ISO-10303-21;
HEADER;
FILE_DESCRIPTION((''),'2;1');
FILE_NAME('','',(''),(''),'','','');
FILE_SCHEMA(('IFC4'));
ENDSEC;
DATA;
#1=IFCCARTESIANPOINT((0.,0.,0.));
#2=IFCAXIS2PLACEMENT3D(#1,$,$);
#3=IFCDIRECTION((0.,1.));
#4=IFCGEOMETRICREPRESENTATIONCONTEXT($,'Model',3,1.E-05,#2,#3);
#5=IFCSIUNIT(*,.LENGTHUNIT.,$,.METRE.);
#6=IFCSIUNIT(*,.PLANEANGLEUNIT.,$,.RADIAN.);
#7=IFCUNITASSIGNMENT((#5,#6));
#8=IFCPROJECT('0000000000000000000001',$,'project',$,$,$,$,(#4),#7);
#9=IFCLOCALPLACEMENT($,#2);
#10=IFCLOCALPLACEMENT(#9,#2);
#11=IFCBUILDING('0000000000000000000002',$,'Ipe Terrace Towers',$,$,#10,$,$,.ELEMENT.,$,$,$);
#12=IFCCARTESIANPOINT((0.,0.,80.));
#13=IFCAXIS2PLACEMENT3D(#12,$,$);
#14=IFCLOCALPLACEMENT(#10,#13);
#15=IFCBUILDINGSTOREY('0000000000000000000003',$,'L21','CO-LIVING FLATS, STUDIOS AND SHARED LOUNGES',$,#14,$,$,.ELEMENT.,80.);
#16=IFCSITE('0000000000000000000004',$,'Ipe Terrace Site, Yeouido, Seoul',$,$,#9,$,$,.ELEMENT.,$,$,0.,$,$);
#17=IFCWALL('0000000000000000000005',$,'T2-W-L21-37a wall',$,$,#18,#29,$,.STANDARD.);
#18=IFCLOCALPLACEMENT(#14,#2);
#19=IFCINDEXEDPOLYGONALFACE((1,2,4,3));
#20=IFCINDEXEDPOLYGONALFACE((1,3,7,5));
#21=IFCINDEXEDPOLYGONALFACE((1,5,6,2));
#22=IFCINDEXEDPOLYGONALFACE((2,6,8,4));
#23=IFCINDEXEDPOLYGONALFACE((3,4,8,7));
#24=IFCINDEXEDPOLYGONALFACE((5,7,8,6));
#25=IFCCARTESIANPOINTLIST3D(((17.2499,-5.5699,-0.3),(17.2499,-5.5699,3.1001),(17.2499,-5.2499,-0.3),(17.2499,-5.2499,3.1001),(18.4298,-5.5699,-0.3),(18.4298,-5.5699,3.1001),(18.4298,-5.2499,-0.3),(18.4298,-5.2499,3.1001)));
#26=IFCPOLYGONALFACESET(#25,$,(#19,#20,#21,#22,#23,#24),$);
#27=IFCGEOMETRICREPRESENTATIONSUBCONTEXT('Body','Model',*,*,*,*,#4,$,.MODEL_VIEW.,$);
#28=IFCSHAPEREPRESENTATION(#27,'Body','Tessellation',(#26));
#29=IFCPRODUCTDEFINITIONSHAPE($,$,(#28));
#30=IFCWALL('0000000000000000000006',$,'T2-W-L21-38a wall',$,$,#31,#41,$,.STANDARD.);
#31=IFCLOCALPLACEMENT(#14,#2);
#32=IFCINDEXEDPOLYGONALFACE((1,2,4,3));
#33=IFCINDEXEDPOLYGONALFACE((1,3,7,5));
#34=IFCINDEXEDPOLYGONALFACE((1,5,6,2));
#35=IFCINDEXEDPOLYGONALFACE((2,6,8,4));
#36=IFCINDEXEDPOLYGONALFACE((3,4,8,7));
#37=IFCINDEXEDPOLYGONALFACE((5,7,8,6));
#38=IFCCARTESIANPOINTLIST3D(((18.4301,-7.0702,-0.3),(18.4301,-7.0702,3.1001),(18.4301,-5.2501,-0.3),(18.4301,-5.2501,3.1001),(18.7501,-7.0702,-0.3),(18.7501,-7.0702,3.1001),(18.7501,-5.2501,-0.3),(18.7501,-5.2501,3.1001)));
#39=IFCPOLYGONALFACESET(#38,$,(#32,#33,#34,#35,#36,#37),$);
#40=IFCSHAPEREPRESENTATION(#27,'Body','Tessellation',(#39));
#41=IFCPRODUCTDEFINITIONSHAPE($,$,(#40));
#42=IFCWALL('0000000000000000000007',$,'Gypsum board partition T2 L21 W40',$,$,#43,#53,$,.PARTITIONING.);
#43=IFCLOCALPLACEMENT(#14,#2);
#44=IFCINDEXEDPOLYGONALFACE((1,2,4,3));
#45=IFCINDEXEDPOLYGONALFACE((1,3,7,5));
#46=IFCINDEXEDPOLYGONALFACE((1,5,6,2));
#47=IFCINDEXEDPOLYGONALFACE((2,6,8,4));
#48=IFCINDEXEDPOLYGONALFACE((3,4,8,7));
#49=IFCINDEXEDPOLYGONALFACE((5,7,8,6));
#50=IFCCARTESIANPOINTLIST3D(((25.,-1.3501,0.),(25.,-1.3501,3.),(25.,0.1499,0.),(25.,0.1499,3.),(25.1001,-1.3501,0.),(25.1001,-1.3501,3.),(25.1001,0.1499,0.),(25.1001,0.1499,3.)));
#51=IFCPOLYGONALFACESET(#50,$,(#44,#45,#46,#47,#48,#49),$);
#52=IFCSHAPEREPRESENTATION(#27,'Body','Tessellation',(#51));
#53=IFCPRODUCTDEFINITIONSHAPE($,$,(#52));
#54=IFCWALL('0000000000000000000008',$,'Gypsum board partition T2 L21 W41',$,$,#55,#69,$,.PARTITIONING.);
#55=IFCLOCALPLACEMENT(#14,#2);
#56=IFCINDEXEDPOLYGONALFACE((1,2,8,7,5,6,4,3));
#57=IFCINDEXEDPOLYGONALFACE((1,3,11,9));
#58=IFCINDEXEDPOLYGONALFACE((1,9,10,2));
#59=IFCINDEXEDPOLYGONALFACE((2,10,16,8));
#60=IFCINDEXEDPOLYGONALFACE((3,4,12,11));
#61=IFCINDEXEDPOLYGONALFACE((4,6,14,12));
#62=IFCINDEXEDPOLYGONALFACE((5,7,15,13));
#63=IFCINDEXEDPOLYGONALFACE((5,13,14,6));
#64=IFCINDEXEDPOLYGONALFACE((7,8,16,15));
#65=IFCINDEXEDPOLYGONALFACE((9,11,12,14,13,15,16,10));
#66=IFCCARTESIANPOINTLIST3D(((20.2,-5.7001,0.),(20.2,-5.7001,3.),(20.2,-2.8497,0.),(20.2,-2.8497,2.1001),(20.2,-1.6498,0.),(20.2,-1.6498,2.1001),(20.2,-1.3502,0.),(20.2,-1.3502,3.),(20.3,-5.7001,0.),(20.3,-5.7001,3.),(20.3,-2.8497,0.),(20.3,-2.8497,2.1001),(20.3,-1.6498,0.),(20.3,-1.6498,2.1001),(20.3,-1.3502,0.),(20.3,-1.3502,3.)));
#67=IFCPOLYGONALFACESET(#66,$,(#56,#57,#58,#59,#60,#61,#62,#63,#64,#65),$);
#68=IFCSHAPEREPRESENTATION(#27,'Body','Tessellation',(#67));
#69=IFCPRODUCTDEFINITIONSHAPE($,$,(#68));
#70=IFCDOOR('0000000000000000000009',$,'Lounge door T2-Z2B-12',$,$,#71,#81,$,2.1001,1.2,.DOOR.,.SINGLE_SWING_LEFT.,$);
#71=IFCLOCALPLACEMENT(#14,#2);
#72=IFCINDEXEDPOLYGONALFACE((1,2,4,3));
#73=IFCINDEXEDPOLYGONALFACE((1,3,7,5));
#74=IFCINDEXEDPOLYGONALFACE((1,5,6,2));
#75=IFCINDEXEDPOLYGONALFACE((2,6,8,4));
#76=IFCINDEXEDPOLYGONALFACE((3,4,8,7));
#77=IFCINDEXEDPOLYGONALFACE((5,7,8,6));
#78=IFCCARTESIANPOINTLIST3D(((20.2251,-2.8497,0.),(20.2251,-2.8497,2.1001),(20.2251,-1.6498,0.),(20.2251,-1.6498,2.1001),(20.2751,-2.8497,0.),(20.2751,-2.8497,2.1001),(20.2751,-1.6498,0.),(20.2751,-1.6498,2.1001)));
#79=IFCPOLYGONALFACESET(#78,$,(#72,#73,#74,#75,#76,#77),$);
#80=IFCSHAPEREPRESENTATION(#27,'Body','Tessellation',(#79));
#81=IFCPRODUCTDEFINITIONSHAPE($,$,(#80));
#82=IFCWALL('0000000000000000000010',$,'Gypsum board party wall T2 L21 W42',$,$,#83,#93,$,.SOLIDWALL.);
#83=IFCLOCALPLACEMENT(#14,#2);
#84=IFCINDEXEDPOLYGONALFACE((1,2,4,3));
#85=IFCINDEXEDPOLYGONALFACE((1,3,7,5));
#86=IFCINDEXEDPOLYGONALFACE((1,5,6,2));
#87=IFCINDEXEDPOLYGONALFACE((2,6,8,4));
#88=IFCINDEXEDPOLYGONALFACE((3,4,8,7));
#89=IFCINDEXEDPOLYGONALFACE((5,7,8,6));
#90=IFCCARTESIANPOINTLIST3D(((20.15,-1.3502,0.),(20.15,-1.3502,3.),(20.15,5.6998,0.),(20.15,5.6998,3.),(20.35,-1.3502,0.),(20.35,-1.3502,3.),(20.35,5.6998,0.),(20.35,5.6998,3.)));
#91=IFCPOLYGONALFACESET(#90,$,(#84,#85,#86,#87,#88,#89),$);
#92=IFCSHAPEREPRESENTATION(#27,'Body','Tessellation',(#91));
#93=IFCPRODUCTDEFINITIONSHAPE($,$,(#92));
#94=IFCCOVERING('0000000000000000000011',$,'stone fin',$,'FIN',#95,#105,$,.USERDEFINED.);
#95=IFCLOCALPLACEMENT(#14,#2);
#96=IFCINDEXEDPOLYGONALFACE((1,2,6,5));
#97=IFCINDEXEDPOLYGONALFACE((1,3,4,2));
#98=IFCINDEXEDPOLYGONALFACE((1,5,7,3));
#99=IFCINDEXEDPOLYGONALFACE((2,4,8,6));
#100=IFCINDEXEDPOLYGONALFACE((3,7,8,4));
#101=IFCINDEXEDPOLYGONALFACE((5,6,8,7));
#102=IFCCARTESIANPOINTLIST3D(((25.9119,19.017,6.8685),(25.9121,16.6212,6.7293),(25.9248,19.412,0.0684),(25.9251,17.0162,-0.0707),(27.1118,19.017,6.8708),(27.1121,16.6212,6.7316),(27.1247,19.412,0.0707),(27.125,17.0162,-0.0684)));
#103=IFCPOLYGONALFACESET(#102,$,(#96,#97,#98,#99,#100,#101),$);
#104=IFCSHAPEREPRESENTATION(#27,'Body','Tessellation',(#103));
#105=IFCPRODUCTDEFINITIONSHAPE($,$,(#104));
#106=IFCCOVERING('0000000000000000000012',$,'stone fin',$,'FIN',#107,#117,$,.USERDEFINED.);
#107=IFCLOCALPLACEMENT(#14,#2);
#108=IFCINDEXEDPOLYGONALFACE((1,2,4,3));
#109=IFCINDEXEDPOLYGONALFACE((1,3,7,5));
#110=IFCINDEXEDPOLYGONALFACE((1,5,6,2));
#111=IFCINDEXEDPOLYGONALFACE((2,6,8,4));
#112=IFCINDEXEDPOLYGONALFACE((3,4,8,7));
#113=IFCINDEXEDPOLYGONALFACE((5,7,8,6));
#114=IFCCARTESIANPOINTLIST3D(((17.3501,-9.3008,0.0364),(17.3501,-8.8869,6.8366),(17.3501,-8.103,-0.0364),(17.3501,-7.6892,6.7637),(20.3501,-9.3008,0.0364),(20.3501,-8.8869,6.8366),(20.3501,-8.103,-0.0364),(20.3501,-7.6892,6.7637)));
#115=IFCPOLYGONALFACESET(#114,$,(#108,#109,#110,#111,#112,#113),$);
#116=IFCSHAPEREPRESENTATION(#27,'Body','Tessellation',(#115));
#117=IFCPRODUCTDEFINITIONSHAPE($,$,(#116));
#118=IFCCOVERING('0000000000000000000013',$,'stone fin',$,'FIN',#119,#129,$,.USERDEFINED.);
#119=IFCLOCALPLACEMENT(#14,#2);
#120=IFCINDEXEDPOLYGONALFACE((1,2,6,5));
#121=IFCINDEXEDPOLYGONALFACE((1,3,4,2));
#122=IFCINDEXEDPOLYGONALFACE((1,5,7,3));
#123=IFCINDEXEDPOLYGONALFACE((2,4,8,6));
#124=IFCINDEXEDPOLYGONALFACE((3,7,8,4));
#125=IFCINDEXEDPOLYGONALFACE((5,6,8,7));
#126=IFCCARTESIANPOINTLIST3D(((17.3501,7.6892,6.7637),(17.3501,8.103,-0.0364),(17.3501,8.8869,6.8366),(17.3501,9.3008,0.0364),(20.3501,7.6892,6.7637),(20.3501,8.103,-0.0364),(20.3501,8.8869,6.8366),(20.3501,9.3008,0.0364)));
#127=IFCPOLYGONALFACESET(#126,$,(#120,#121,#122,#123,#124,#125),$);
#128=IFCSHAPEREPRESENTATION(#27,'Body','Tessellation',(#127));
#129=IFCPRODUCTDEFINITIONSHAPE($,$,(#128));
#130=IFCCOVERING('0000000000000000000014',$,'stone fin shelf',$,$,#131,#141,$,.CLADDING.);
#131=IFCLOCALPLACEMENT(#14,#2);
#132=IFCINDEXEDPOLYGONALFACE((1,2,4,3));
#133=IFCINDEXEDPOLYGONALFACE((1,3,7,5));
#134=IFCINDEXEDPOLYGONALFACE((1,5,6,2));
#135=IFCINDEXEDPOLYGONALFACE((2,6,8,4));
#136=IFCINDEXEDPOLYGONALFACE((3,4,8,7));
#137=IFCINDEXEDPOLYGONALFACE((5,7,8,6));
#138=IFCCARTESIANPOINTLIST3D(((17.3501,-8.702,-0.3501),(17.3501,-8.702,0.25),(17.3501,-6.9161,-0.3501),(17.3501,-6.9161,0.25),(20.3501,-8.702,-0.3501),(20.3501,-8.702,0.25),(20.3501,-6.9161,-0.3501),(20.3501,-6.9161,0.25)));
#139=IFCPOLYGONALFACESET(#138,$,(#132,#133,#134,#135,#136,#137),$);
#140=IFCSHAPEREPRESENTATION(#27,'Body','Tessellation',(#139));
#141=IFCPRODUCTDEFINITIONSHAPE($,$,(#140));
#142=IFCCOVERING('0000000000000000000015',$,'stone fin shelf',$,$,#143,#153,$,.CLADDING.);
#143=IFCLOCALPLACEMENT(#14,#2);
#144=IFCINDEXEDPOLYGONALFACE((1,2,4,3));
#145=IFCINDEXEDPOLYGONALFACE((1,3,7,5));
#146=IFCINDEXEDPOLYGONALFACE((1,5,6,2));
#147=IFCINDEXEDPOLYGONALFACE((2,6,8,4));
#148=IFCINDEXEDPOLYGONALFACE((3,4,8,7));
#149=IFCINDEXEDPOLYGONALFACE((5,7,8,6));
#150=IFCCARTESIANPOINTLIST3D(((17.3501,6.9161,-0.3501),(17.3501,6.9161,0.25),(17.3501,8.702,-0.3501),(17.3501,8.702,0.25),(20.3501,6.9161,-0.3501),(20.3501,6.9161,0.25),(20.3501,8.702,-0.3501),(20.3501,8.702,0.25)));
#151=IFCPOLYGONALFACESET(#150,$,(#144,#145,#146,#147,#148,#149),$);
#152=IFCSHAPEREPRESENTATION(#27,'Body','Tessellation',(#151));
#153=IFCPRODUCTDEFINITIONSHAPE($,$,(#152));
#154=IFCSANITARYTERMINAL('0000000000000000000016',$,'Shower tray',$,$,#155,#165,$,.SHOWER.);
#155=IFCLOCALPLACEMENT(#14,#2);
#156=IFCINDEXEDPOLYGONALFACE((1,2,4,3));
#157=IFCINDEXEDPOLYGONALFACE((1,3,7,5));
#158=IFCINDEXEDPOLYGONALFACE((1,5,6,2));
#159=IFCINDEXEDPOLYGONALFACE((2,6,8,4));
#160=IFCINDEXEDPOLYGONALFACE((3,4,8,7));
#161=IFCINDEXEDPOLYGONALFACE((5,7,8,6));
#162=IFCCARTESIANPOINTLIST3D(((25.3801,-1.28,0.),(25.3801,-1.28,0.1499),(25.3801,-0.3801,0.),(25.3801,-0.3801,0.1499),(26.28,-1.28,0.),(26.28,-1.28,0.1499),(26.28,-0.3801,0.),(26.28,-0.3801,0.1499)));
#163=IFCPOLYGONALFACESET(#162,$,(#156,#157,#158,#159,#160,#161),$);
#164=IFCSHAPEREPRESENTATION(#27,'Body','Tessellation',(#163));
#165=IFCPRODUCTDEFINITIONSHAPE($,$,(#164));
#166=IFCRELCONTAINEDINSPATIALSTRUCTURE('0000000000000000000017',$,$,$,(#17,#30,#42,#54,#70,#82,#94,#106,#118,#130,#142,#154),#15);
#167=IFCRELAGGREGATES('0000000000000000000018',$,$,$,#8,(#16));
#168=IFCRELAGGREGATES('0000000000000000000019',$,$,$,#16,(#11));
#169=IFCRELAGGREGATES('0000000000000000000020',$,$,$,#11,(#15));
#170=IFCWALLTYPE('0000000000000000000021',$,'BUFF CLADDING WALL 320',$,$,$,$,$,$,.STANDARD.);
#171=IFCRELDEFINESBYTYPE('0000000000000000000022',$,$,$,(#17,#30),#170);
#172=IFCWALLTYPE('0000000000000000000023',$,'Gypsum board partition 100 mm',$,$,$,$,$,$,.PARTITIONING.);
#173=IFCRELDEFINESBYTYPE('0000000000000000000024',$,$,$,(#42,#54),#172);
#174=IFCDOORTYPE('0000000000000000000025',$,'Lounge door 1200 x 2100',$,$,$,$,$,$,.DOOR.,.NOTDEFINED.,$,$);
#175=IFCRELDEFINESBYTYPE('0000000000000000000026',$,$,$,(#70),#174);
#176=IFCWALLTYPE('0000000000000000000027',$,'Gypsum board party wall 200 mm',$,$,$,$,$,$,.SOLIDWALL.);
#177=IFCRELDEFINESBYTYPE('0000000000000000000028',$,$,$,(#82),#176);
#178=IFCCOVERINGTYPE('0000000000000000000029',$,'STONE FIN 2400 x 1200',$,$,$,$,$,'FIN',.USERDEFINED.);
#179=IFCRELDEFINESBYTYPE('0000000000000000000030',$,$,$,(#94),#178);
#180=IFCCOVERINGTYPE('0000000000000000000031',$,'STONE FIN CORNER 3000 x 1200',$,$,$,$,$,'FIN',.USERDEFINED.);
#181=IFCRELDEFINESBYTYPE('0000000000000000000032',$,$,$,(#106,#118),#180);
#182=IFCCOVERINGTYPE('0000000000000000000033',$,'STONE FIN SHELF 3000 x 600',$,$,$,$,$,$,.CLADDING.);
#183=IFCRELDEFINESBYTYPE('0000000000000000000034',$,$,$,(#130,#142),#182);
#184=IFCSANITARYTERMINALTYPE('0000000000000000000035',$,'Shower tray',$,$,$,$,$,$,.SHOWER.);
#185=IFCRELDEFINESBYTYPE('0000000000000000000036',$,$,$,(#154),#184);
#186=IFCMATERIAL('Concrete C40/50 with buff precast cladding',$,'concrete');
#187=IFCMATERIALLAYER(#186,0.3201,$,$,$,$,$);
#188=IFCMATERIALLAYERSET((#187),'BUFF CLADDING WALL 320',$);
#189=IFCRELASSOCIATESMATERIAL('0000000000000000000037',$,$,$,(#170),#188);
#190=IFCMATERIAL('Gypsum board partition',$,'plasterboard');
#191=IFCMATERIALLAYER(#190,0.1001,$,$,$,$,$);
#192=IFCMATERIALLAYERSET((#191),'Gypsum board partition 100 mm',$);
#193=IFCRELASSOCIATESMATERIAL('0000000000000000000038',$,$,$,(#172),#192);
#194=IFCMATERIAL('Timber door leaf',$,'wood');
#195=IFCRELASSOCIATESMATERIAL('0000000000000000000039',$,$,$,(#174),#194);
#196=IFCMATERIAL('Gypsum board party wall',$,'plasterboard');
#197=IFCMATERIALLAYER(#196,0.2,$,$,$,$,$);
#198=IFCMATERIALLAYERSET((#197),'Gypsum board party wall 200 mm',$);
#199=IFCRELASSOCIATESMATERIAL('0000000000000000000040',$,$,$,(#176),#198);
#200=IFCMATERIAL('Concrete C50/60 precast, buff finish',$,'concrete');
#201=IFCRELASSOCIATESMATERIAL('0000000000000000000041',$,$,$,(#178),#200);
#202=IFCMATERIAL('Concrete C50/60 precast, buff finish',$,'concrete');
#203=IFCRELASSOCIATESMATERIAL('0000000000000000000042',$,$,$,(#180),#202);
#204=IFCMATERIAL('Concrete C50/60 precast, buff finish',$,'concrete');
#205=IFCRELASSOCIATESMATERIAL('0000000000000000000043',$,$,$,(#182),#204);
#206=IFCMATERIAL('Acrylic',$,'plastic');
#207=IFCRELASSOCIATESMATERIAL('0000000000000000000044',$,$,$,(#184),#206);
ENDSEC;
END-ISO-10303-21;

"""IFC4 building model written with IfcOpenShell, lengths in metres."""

from ifc_helpers import new_model, si_unit, direction, frame, frame_2d, origin, origin_2d, place, context, subcontext, project, spatial, rectangle, extrude, material, layer, layer_set, material_profile, profile_set, type_object, element, fill, save


model = new_model("IFC4")

# Units and contexts
model_context = context("Model", 3, precision=1e-05, world=origin(), true_north=direction((0.0, 1.0)))
body_context = subcontext(model_context, "Body", "Model", "MODEL_VIEW")
ifc_project = project(units=[si_unit("LENGTHUNIT", "METRE"), si_unit("PLANEANGLEUNIT", "RADIAN")], contexts=[model_context])

# Site, building, storey
site_placement = place(None, origin())
site = spatial("IfcSite", under=ifc_project, at=site_placement, Name="Ipe Terrace Site, Yeouido, Seoul", CompositionType="ELEMENT", RefElevation=0.0)
building_placement = place(site_placement, origin())
building = spatial("IfcBuilding", under=site, at=building_placement, Name="Ipe Terrace Towers", CompositionType="ELEMENT")
storey_placement = place(building_placement, frame((0.0, 0.0, 80.0)))
storey = spatial("IfcBuildingStorey", under=building, at=storey_placement, Name="L21", Description="CO-LIVING FLATS, STUDIOS AND SHARED LOUNGES", CompositionType="ELEMENT", Elevation=80.0)

# Walls
ifc_material_1 = material(Name="Concrete C40/50 with buff precast cladding", Category="concrete")
ifc_layer_1 = layer(ifc_material_1, 0.3201)
ifc_layer_set_1 = layer_set([ifc_layer_1], Name="BUFF CLADDING WALL 320")
wall_type_1 = type_object("IfcWallType", Name="BUFF CLADDING WALL 320", PredefinedType="STANDARD", material=ifc_layer_set_1)
wall_1_placement = place(storey_placement, frame((17.25, -5.4099, -0.3), z_axis=(0.0, 0.0, 1.0), x_axis=(1.0, 0.0, 0.0)))
element("IfcWall", 1, at=wall_1_placement, inside=storey, type_object=wall_type_1, Name="T2-W-L21-37a wall", PredefinedType="STANDARD", context=body_context, shape_type="SweptSolid", body=[
    extrude(rectangle(XDim=1.1799, YDim=0.3201, at=frame_2d((0.5898, 0.0))), origin(), (0.0, 0.0, 1.0), 3.4001),
])
wall_2_placement = place(storey_placement, frame((18.5901, -5.25, -0.3), z_axis=(0.0, 0.0, 1.0), x_axis=(0.0, -1.0, 0.0)))
element("IfcWall", 2, at=wall_2_placement, inside=storey, type_object=wall_type_1, Name="T2-W-L21-38a wall", PredefinedType="STANDARD", context=body_context, shape_type="SweptSolid", body=[
    extrude(rectangle(XDim=1.8201, YDim=0.3201, at=frame_2d((0.9102, 0.0))), origin(), (0.0, 0.0, 1.0), 3.4001),
])
ifc_material_2 = material(Name="Gypsum board partition", Category="plasterboard")
ifc_layer_2 = layer(ifc_material_2, 0.1001)
ifc_layer_set_2 = layer_set([ifc_layer_2], Name="Gypsum board partition 100 mm")
wall_type_2 = type_object("IfcWallType", Name="Gypsum board partition 100 mm", PredefinedType="PARTITIONING", material=ifc_layer_set_2)
wall_3_placement = place(storey_placement, frame((25.05, -1.3501, 0.0), z_axis=(0.0, 0.0, 1.0), x_axis=(0.0, 1.0, 0.0)))
element("IfcWall", 3, at=wall_3_placement, inside=storey, type_object=wall_type_2, Name="Gypsum board partition T2 L21 W40", PredefinedType="PARTITIONING", context=body_context, shape_type="SweptSolid", body=[
    extrude(rectangle(XDim=1.5, YDim=0.1001, at=frame_2d((0.75, 0.0))), origin(), (0.0, 0.0, 1.0), 3.0),
])

# Wall, opening, door
wall_4_placement = place(storey_placement, frame((20.25, -5.7, 0.0), z_axis=(0.0, 0.0, 1.0), x_axis=(0.0, 1.0, 0.0)))
wall_4 = element("IfcWall", 4, at=wall_4_placement, inside=storey, type_object=wall_type_2, Name="Gypsum board partition T2 L21 W41", PredefinedType="PARTITIONING", context=body_context, shape_type="SweptSolid", body=[
    extrude(rectangle(XDim=4.3499, YDim=0.1001, at=frame_2d((2.1748, 0.0))), origin(), (0.0, 0.0, 1.0), 3.0),
])
opening_placement = place(wall_4_placement, frame((2.8501, 0.0, 0.0)))
opening = element("IfcOpeningElement", 5, at=opening_placement, cuts=wall_4, PredefinedType="OPENING", context=body_context, shape_type="SweptSolid", body=[
    extrude(rectangle(XDim=1.2, YDim=2.1001, at=frame_2d((0.6001, 1.05))), frame((0.0, 0.0601, 0.0), z_axis=(0.0, -1.0, 0.0), x_axis=(1.0, 0.0, 0.0)), (0.0, 0.0, 1.0), 0.1201),
])
ifc_material_3 = material(Name="Timber door leaf", Category="wood")
door_type = type_object("IfcDoorType", Name="Lounge door 1200 x 2100", OperationType="NOTDEFINED", PredefinedType="DOOR", material=ifc_material_3)
door_placement = place(opening_placement, origin())
door = element("IfcDoor", 6, at=door_placement, inside=storey, type_object=door_type, Name="Lounge door T2-Z2B-12", OperationType="SINGLE_SWING_LEFT", OverallHeight=2.1001, OverallWidth=1.2, PredefinedType="DOOR", context=body_context, shape_type="SweptSolid", body=[
    extrude(rectangle(XDim=1.2, YDim=2.1001, at=frame_2d((0.6001, 1.05))), frame((0.0, 0.0249, 0.0), z_axis=(0.0, -1.0, 0.0), x_axis=(1.0, 0.0, 0.0)), (0.0, 0.0, 1.0), 0.05),
])
fill(opening, door)

# Wall
ifc_material_4 = material(Name="Gypsum board party wall", Category="plasterboard")
ifc_layer_3 = layer(ifc_material_4, 0.2)
ifc_layer_set_3 = layer_set([ifc_layer_3], Name="Gypsum board party wall 200 mm")
wall_type_3 = type_object("IfcWallType", Name="Gypsum board party wall 200 mm", PredefinedType="SOLIDWALL", material=ifc_layer_set_3)
wall_5_placement = place(storey_placement, frame((20.25, -1.3501, 0.0), z_axis=(0.0, 0.0, 1.0), x_axis=(0.0, 1.0, 0.0)))
element("IfcWall", 7, at=wall_5_placement, inside=storey, type_object=wall_type_3, Name="Gypsum board party wall T2 L21 W42", PredefinedType="SOLIDWALL", context=body_context, shape_type="SweptSolid", body=[
    extrude(rectangle(XDim=7.05, YDim=0.2, at=frame_2d((3.5249, 0.0))), origin(), (0.0, 0.0, 1.0), 3.0),
])

# Coverings
ifc_material_5 = material(Name="Concrete C50/60 precast, buff finish", Category="concrete")
ifc_material_profile_1 = material_profile(ifc_material_5, rectangle(XDim=2.3999, YDim=1.2, at=origin_2d()), Name="STONE FIN 2400 x 1200")
ifc_profile_set_1 = profile_set([ifc_material_profile_1], Name="Concrete C50/60 precast, buff finish")
covering_type_1 = type_object("IfcCoveringType", Name="STONE FIN 2400 x 1200", ElementType="FIN", PredefinedType="USERDEFINED", material=ifc_profile_set_1)
covering_placement = place(storey_placement, frame((26.5249, 18.2141, 0.0), z_axis=(-0.0019, -0.057993, 0.998315), x_axis=(0.00011, -0.998317, -0.057993)))
element("IfcCovering", 8, at=covering_placement, inside=storey, type_object=covering_type_1, Name="stone fin", ObjectType="FIN", PredefinedType="USERDEFINED", context=body_context, shape_type="SweptSolid", body=[
    extrude(rectangle(XDim=2.3999, YDim=1.2, at=origin_2d()), origin(), (0.0, 0.0, 1.0), 6.8115),
])
ifc_material_6 = material(Name="Concrete C50/60 precast, buff finish", Category="concrete")
ifc_material_profile_2 = material_profile(ifc_material_6, rectangle(XDim=3.0, YDim=1.2, at=origin_2d()), Name="STONE FIN CORNER 3000 x 1200")
ifc_profile_set_2 = profile_set([ifc_material_profile_2], Name="Concrete C50/60 precast, buff finish")
covering_type_2 = type_object("IfcCoveringType", Name="STONE FIN CORNER 3000 x 1200", ElementType="FIN", PredefinedType="USERDEFINED", material=ifc_profile_set_2)
for number, where, z_axis, x_axis, name in (
    (9, (18.8501, -8.7019, 0.0), (0.0, 0.060743, 0.998153), (1.0, 0.0, 0.0), "stone fin"),
    (10, (18.8501, 8.7019, 0.0), (0.0, -0.060743, 0.998153), (-1.0, 0.0, 0.0), "stone fin"),
):
    element("IfcCovering", number, at=place(storey_placement, frame(where, z_axis=z_axis, x_axis=x_axis)), inside=storey, type_object=covering_type_2, Name=name, ObjectType="FIN", PredefinedType="USERDEFINED", context=body_context, shape_type="SweptSolid", body=[
        extrude(rectangle(XDim=3.0, YDim=1.2, at=origin_2d()), origin(), (0.0, 0.0, 1.0), 6.8127),
    ])
ifc_material_7 = material(Name="Concrete C50/60 precast, buff finish", Category="concrete")
covering_type_3 = type_object("IfcCoveringType", Name="STONE FIN SHELF 3000 x 600", PredefinedType="CLADDING", material=ifc_material_7)
for number, where, z_axis, x_axis, name in (
    (11, (18.8501, -7.8091, -0.3501), (0.0, 0.0, 1.0), (1.0, 0.0, 0.0), "stone fin shelf"),
    (12, (18.8501, 7.8091, -0.3501), (0.0, 0.0, 1.0), (-1.0, 0.0, 0.0), "stone fin shelf"),
):
    element("IfcCovering", number, at=place(storey_placement, frame(where, z_axis=z_axis, x_axis=x_axis)), inside=storey, type_object=covering_type_3, Name=name, PredefinedType="CLADDING", context=body_context, shape_type="SweptSolid", body=[
        extrude(rectangle(XDim=3.0, YDim=1.7859, at=origin_2d()), origin(), (0.0, 0.0, 1.0), 0.6001),
    ])

# Sanitary terminal
ifc_material_8 = material(Name="Acrylic", Category="plastic")
sanitary_terminal_type = type_object("IfcSanitaryTerminalType", Name="Shower tray", PredefinedType="SHOWER", material=ifc_material_8)
sanitary_terminal_placement = place(storey_placement, frame((25.8301, -0.8301, 0.0), z_axis=(0.0, 0.0, 1.0), x_axis=(0.0, 1.0, 0.0)))
element("IfcSanitaryTerminal", 13, at=sanitary_terminal_placement, inside=storey, type_object=sanitary_terminal_type, Name="Shower tray", PredefinedType="SHOWER", context=body_context, shape_type="SweptSolid", body=[
    extrude(rectangle(XDim=0.8999, YDim=0.8999, at=origin_2d()), origin(), (0.0, 0.0, 1.0), 0.1499),
])

save(model, "model.ifc")
